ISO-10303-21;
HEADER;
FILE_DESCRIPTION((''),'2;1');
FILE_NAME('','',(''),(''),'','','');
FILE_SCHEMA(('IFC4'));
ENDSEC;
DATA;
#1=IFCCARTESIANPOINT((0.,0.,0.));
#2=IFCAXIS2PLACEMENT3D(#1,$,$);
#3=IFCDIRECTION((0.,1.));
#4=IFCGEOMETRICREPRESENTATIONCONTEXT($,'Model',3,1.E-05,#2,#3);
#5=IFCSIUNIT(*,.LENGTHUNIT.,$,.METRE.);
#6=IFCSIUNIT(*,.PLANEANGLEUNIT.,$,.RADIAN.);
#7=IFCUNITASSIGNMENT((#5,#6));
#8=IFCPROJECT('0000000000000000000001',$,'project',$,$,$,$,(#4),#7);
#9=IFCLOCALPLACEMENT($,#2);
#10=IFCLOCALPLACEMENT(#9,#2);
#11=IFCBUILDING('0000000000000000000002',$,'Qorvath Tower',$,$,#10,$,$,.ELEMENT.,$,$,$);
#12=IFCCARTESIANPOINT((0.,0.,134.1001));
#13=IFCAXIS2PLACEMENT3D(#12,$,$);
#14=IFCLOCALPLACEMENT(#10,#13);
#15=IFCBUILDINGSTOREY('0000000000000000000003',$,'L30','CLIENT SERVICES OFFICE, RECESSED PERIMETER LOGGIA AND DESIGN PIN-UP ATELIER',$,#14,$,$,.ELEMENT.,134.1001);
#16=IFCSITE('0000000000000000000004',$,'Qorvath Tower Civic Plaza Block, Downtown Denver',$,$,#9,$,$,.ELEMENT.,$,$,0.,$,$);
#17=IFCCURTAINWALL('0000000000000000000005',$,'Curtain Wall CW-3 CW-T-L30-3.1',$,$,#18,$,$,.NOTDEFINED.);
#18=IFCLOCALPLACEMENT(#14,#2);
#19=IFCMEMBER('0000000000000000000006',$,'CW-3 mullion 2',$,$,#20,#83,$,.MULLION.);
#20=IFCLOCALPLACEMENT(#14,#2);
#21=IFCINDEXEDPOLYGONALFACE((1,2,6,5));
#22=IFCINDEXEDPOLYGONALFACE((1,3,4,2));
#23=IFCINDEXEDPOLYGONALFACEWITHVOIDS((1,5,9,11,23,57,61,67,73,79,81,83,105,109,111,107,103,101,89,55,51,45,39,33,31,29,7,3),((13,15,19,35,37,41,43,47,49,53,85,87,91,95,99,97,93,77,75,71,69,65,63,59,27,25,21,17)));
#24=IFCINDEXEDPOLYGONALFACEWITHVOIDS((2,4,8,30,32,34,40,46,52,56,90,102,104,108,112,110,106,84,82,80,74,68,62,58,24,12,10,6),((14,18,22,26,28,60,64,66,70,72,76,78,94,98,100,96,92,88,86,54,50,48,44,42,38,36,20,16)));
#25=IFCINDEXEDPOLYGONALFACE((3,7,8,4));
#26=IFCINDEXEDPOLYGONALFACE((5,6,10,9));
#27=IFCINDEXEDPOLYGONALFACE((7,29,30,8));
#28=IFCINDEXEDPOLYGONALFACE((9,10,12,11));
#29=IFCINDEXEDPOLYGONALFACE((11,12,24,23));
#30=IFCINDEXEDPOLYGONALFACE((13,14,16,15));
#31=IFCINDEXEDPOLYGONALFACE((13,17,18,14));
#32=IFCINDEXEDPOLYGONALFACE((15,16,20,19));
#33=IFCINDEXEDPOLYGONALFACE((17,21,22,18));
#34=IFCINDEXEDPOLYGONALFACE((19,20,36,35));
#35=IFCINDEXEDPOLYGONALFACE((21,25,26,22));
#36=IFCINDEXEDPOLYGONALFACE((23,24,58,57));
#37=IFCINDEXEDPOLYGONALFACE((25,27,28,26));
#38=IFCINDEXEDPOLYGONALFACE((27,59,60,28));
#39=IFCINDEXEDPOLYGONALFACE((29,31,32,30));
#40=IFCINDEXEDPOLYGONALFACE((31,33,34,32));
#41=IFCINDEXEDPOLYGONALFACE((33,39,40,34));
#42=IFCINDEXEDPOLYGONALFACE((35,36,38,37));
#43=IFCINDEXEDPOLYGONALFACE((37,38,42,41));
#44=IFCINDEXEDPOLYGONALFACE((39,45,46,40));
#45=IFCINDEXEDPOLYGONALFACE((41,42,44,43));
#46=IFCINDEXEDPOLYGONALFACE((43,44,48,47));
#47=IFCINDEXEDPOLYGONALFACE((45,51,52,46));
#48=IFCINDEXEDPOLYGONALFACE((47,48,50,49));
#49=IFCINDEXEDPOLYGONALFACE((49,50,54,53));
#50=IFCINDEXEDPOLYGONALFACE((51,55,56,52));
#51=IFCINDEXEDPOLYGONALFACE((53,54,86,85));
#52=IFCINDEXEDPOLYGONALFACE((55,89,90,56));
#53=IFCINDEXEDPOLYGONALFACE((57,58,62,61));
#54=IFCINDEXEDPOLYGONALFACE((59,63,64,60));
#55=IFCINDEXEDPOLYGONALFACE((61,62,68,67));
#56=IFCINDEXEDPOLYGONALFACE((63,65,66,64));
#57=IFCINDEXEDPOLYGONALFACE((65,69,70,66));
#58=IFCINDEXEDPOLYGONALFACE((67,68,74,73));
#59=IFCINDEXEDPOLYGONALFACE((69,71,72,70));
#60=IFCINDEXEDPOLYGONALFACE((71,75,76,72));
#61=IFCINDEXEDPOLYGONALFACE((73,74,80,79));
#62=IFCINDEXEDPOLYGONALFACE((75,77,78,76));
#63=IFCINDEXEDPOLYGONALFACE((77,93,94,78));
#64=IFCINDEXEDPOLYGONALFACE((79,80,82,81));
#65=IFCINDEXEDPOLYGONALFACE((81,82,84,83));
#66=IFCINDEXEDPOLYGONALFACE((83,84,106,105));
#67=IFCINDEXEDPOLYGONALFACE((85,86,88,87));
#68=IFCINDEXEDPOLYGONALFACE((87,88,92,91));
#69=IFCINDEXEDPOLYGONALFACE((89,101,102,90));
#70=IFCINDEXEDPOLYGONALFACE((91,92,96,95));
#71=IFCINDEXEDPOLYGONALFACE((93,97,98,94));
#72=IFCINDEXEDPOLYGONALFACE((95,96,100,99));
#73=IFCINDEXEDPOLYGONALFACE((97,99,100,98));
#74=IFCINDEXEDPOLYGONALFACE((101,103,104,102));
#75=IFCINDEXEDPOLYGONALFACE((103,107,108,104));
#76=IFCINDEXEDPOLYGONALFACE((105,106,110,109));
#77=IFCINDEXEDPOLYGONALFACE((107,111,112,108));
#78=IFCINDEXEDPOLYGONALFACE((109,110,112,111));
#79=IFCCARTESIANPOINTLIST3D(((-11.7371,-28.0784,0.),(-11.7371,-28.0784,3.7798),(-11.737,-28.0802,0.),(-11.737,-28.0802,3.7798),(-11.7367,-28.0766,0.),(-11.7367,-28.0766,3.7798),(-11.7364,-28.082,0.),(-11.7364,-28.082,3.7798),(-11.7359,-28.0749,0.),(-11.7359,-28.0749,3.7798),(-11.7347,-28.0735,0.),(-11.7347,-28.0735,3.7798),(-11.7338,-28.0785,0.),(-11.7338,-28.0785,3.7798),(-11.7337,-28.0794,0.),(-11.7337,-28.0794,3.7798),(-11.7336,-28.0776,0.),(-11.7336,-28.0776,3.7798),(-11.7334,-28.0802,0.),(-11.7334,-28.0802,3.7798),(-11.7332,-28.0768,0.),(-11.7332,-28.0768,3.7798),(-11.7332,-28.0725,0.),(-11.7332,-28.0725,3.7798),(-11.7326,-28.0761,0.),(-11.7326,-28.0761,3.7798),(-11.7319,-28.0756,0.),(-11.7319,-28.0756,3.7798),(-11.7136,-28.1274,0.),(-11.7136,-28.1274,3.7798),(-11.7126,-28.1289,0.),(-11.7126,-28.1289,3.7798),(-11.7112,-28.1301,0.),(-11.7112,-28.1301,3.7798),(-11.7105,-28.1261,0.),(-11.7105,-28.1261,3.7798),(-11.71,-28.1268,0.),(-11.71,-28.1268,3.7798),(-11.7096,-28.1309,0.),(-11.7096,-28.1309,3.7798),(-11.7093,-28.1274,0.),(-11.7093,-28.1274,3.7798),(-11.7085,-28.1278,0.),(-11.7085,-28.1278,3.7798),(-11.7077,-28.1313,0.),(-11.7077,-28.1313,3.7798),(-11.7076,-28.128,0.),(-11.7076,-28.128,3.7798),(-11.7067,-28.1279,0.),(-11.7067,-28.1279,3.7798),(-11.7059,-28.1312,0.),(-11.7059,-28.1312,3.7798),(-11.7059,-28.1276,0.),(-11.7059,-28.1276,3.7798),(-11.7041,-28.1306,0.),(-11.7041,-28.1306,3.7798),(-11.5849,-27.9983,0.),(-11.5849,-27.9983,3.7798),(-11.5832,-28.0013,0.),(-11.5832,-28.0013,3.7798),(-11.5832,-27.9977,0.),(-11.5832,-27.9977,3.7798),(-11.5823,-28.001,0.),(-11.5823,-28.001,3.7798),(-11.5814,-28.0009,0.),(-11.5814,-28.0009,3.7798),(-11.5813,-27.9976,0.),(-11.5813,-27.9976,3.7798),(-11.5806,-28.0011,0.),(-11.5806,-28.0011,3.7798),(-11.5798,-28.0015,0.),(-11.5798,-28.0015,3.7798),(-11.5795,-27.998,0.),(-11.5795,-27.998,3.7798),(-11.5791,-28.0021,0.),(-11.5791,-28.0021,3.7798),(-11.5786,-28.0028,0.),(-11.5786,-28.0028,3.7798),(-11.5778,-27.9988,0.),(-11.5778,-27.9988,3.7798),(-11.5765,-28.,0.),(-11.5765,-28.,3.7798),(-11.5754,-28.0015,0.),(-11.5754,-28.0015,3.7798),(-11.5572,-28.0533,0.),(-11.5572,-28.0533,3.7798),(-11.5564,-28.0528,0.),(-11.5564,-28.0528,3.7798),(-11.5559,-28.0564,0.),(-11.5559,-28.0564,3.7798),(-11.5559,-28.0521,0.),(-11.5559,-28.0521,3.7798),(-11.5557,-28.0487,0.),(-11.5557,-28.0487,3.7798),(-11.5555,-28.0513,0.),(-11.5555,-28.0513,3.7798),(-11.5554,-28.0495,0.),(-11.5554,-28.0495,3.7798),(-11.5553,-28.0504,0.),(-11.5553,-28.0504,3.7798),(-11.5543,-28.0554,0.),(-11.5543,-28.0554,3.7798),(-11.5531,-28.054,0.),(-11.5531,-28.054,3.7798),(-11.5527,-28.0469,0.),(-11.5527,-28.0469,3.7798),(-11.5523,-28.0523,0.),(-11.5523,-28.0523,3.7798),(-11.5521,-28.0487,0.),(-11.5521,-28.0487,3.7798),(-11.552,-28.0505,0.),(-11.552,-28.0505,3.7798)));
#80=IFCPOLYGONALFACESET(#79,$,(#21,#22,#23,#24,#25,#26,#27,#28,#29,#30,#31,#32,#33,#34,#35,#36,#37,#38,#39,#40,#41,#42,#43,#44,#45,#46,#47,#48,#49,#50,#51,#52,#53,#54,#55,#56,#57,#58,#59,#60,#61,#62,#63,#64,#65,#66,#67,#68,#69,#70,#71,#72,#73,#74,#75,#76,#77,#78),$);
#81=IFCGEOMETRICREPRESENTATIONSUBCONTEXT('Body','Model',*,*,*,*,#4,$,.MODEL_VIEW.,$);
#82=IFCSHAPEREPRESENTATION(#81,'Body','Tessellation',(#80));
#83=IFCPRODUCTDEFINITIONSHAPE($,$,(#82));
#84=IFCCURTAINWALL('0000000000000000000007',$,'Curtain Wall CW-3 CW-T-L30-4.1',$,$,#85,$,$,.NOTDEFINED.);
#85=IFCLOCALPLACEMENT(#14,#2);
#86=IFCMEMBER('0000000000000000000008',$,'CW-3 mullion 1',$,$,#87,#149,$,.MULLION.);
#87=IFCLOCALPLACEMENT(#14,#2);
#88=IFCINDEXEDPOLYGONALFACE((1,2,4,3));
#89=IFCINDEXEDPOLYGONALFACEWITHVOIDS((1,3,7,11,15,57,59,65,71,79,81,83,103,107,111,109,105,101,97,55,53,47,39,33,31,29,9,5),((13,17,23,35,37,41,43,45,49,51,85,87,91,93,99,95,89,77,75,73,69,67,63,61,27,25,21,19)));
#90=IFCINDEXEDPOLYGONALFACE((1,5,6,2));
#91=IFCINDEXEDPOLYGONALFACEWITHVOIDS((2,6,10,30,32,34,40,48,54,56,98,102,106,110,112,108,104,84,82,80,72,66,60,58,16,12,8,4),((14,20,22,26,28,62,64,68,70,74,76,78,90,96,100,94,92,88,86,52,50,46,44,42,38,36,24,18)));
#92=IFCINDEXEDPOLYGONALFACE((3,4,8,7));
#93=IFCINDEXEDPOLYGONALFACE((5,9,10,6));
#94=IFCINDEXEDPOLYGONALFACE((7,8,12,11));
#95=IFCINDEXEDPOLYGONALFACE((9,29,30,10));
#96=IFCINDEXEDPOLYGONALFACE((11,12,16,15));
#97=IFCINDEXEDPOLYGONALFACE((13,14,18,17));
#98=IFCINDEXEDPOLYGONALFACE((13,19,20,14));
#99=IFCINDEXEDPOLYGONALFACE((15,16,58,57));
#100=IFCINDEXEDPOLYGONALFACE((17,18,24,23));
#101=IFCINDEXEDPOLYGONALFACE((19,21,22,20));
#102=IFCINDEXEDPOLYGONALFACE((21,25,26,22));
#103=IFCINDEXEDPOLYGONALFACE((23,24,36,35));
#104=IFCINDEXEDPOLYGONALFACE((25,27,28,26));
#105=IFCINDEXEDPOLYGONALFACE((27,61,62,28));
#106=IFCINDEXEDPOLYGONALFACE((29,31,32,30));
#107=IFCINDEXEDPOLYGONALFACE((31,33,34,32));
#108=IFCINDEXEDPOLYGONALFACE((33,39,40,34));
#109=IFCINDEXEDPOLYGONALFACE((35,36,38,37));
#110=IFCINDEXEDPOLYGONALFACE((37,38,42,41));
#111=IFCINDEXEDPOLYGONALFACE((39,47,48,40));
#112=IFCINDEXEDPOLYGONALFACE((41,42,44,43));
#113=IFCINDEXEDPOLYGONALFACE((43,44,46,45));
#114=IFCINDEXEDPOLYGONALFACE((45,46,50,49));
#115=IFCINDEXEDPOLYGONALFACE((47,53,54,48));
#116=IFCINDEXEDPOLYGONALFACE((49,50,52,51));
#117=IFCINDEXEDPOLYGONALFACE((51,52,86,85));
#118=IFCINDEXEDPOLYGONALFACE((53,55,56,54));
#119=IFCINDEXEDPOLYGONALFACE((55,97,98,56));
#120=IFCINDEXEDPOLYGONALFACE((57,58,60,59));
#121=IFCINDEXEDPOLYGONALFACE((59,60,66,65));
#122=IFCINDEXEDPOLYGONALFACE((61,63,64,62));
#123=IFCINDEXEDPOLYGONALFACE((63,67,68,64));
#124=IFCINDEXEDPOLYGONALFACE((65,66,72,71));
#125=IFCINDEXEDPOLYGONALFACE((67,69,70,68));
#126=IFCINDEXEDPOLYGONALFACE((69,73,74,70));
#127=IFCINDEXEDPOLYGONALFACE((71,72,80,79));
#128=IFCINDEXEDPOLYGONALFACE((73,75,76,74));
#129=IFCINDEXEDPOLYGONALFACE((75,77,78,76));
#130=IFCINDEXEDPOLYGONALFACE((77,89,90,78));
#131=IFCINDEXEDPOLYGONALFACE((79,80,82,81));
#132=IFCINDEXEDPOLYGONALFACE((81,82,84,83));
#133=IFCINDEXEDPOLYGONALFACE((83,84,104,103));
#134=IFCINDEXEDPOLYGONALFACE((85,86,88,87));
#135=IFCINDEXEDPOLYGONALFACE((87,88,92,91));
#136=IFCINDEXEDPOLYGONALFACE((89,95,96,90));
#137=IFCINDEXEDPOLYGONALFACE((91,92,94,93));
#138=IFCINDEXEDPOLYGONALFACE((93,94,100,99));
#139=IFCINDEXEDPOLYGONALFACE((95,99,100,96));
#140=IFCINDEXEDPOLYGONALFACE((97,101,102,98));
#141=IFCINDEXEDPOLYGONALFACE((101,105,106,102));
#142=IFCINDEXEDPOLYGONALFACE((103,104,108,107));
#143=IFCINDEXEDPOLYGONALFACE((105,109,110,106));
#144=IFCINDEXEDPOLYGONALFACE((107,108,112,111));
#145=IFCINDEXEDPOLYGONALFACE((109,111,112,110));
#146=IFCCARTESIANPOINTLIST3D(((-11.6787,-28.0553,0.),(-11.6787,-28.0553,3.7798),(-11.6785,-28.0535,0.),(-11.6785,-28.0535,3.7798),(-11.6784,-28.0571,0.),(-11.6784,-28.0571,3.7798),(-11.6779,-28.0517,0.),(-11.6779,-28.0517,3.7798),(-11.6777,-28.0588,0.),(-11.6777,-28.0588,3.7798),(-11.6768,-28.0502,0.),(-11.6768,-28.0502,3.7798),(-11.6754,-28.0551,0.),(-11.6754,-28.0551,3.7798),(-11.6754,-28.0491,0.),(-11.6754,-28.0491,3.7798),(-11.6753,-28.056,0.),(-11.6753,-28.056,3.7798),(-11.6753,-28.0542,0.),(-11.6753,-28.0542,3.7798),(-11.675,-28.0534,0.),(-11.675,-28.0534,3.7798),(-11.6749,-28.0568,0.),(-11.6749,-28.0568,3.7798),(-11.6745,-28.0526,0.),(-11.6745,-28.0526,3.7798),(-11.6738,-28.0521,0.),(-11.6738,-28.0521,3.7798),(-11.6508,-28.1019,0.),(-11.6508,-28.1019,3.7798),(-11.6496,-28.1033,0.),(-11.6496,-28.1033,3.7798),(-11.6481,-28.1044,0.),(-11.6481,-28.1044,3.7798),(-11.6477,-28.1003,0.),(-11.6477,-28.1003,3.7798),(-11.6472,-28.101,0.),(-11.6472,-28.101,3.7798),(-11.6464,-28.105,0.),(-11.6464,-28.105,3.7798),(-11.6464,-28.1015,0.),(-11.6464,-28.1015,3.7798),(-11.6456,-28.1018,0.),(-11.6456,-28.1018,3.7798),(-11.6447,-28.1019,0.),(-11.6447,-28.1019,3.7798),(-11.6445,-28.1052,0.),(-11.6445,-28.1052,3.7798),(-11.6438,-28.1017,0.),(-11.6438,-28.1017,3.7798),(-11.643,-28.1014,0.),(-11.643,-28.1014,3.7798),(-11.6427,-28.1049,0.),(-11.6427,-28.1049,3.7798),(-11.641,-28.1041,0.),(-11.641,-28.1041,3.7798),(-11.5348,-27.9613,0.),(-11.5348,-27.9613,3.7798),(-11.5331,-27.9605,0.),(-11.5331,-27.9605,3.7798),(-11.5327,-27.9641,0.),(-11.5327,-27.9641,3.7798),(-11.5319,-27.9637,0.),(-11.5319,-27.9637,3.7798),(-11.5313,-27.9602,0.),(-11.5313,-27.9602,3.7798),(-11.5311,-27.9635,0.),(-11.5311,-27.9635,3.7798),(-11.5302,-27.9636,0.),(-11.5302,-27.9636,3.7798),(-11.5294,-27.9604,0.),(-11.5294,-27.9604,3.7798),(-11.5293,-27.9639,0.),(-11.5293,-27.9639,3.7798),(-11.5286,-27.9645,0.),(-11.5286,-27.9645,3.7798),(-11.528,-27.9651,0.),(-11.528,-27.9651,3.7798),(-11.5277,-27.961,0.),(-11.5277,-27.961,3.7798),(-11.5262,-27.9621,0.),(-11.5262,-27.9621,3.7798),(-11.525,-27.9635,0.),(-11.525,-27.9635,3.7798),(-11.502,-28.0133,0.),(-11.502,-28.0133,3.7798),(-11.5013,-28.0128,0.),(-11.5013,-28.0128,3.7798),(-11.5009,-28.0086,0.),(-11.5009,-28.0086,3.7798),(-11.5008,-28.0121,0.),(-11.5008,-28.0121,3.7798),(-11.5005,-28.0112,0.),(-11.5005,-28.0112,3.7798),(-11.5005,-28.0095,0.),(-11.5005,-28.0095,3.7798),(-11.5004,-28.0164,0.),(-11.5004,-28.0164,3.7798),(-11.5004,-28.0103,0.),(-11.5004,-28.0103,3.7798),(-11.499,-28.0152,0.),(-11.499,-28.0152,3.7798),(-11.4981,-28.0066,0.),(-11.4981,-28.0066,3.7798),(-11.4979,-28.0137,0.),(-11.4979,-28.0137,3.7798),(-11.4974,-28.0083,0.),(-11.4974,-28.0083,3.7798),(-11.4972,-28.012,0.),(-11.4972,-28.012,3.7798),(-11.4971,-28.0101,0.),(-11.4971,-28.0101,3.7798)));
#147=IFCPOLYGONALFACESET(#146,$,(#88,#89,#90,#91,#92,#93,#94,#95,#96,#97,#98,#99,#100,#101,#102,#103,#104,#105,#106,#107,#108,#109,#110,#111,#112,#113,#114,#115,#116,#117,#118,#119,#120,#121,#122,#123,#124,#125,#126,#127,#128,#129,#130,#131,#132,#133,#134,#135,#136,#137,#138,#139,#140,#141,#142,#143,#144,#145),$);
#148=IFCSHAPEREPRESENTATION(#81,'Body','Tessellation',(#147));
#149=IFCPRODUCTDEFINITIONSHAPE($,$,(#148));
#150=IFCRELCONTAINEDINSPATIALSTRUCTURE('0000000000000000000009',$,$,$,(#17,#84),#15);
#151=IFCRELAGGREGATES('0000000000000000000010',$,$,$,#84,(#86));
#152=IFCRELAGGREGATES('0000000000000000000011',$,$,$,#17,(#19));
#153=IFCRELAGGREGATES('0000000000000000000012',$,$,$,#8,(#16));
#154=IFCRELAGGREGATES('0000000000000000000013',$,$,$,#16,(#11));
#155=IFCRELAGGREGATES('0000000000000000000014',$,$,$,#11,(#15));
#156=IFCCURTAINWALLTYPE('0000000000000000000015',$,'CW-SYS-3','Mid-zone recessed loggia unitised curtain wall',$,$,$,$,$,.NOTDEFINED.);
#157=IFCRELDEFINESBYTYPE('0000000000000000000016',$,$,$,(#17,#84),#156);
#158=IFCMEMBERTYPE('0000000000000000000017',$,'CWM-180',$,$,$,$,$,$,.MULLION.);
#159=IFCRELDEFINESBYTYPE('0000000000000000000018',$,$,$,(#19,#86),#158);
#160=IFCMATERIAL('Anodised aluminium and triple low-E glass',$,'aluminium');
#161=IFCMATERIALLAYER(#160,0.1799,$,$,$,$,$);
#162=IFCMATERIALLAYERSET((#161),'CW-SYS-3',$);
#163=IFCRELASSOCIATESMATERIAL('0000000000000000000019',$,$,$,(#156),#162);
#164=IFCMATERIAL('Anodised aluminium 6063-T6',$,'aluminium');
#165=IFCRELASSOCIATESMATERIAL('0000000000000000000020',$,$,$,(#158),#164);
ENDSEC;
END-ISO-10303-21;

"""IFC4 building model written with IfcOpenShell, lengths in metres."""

from ifc_helpers import new_model, si_unit, direction, frame, origin, origin_2d, place, context, subcontext, project, spatial, hollow_rectangle, extrude, material, layer, layer_set, material_profile, profile_set, type_object, element, aggregate, save


model = new_model("IFC4")

# Units and contexts
model_context = context("Model", 3, precision=1e-05, world=origin(), true_north=direction((0.0, 1.0)))
body_context = subcontext(model_context, "Body", "Model", "MODEL_VIEW")
ifc_project = project(units=[si_unit("LENGTHUNIT", "METRE"), si_unit("PLANEANGLEUNIT", "RADIAN")], contexts=[model_context])

# Site, building, storey
site_placement = place(None, origin())
site = spatial("IfcSite", under=ifc_project, at=site_placement, Name="Qorvath Tower Civic Plaza Block, Downtown Denver", CompositionType="ELEMENT", RefElevation=0.0)
building_placement = place(site_placement, origin())
building = spatial("IfcBuilding", under=site, at=building_placement, Name="Qorvath Tower", CompositionType="ELEMENT")
storey_placement = place(building_placement, frame((0.0, 0.0, 134.1001)))
storey = spatial("IfcBuildingStorey", under=building, at=storey_placement, Name="L30", Description="CLIENT SERVICES OFFICE, RECESSED PERIMETER LOGGIA AND DESIGN PIN-UP ATELIER", CompositionType="ELEMENT", Elevation=134.1001)

# Curtain wall, member
ifc_material_1 = material(Name="Anodised aluminium and triple low-E glass", Category="aluminium")
ifc_layer_1 = layer(ifc_material_1, 0.1799)
ifc_layer_set_1 = layer_set([ifc_layer_1], Name="CW-SYS-3")
curtain_wall_type = type_object("IfcCurtainWallType", Name="CW-SYS-3", Description="Mid-zone recessed loggia unitised curtain wall", PredefinedType="NOTDEFINED", material=ifc_layer_set_1)
ifc_material_2 = material(Name="Anodised aluminium 6063-T6", Category="aluminium")
ifc_material_profile_1 = material_profile(ifc_material_2, hollow_rectangle(XDim=0.0649, YDim=0.1799, WallThickness=0.0034, InnerFilletRadius=0.0034, OuterFilletRadius=0.0071, at=origin_2d()), Name="CWM 180x65")
ifc_profile_set_1 = profile_set([ifc_material_profile_1], Name="Anodised aluminium 6063-T6")
member_type_1 = type_object("IfcMemberType", Name="CWM-180", PredefinedType="MULLION", material=ifc_profile_set_1)
curtain_wall_1_placement = place(storey_placement, origin())
curtain_wall_1 = element("IfcCurtainWall", 1, at=curtain_wall_1_placement, inside=storey, type_object=curtain_wall_type, Name="Curtain Wall CW-3 CW-T-L30-3.1", PredefinedType="NOTDEFINED")
member_1_placement = place(storey_placement, frame((-11.6445, -28.0645, 0.0), z_axis=(0.0, 0.0, 1.0), x_axis=(-0.447214, 0.894427, 0.0)))
member_1 = element("IfcMember", 2, at=member_1_placement, type_object=member_type_1, Name="CW-3 mullion 2", PredefinedType="MULLION", context=body_context, shape_type="SweptSolid", body=[
    extrude(hollow_rectangle(XDim=0.0649, YDim=0.1799, WallThickness=0.0034, InnerFilletRadius=0.0034, OuterFilletRadius=0.0071, at=origin_2d()), origin(), (0.0, 0.0, 1.0), 3.7798),
])

# Curtain wall, member
curtain_wall_2_placement = place(storey_placement, origin())
curtain_wall_2 = element("IfcCurtainWall", 3, at=curtain_wall_2_placement, inside=storey, type_object=curtain_wall_type, Name="Curtain Wall CW-3 CW-T-L30-4.1", PredefinedType="NOTDEFINED")
member_2_placement = place(storey_placement, frame((-11.5879, -28.0327, 0.0), z_axis=(0.0, 0.0, 1.0), x_axis=(-0.52944, 0.848347, 0.0)))
member_2 = element("IfcMember", 4, at=member_2_placement, type_object=member_type_1, Name="CW-3 mullion 1", PredefinedType="MULLION", context=body_context, shape_type="SweptSolid", body=[
    extrude(hollow_rectangle(XDim=0.0649, YDim=0.1799, WallThickness=0.0034, InnerFilletRadius=0.0034, OuterFilletRadius=0.0071, at=origin_2d()), origin(), (0.0, 0.0, 1.0), 3.7798),
])

aggregate(curtain_wall_2, [member_2])

aggregate(curtain_wall_1, [member_1])

save(model, "model.ifc")
